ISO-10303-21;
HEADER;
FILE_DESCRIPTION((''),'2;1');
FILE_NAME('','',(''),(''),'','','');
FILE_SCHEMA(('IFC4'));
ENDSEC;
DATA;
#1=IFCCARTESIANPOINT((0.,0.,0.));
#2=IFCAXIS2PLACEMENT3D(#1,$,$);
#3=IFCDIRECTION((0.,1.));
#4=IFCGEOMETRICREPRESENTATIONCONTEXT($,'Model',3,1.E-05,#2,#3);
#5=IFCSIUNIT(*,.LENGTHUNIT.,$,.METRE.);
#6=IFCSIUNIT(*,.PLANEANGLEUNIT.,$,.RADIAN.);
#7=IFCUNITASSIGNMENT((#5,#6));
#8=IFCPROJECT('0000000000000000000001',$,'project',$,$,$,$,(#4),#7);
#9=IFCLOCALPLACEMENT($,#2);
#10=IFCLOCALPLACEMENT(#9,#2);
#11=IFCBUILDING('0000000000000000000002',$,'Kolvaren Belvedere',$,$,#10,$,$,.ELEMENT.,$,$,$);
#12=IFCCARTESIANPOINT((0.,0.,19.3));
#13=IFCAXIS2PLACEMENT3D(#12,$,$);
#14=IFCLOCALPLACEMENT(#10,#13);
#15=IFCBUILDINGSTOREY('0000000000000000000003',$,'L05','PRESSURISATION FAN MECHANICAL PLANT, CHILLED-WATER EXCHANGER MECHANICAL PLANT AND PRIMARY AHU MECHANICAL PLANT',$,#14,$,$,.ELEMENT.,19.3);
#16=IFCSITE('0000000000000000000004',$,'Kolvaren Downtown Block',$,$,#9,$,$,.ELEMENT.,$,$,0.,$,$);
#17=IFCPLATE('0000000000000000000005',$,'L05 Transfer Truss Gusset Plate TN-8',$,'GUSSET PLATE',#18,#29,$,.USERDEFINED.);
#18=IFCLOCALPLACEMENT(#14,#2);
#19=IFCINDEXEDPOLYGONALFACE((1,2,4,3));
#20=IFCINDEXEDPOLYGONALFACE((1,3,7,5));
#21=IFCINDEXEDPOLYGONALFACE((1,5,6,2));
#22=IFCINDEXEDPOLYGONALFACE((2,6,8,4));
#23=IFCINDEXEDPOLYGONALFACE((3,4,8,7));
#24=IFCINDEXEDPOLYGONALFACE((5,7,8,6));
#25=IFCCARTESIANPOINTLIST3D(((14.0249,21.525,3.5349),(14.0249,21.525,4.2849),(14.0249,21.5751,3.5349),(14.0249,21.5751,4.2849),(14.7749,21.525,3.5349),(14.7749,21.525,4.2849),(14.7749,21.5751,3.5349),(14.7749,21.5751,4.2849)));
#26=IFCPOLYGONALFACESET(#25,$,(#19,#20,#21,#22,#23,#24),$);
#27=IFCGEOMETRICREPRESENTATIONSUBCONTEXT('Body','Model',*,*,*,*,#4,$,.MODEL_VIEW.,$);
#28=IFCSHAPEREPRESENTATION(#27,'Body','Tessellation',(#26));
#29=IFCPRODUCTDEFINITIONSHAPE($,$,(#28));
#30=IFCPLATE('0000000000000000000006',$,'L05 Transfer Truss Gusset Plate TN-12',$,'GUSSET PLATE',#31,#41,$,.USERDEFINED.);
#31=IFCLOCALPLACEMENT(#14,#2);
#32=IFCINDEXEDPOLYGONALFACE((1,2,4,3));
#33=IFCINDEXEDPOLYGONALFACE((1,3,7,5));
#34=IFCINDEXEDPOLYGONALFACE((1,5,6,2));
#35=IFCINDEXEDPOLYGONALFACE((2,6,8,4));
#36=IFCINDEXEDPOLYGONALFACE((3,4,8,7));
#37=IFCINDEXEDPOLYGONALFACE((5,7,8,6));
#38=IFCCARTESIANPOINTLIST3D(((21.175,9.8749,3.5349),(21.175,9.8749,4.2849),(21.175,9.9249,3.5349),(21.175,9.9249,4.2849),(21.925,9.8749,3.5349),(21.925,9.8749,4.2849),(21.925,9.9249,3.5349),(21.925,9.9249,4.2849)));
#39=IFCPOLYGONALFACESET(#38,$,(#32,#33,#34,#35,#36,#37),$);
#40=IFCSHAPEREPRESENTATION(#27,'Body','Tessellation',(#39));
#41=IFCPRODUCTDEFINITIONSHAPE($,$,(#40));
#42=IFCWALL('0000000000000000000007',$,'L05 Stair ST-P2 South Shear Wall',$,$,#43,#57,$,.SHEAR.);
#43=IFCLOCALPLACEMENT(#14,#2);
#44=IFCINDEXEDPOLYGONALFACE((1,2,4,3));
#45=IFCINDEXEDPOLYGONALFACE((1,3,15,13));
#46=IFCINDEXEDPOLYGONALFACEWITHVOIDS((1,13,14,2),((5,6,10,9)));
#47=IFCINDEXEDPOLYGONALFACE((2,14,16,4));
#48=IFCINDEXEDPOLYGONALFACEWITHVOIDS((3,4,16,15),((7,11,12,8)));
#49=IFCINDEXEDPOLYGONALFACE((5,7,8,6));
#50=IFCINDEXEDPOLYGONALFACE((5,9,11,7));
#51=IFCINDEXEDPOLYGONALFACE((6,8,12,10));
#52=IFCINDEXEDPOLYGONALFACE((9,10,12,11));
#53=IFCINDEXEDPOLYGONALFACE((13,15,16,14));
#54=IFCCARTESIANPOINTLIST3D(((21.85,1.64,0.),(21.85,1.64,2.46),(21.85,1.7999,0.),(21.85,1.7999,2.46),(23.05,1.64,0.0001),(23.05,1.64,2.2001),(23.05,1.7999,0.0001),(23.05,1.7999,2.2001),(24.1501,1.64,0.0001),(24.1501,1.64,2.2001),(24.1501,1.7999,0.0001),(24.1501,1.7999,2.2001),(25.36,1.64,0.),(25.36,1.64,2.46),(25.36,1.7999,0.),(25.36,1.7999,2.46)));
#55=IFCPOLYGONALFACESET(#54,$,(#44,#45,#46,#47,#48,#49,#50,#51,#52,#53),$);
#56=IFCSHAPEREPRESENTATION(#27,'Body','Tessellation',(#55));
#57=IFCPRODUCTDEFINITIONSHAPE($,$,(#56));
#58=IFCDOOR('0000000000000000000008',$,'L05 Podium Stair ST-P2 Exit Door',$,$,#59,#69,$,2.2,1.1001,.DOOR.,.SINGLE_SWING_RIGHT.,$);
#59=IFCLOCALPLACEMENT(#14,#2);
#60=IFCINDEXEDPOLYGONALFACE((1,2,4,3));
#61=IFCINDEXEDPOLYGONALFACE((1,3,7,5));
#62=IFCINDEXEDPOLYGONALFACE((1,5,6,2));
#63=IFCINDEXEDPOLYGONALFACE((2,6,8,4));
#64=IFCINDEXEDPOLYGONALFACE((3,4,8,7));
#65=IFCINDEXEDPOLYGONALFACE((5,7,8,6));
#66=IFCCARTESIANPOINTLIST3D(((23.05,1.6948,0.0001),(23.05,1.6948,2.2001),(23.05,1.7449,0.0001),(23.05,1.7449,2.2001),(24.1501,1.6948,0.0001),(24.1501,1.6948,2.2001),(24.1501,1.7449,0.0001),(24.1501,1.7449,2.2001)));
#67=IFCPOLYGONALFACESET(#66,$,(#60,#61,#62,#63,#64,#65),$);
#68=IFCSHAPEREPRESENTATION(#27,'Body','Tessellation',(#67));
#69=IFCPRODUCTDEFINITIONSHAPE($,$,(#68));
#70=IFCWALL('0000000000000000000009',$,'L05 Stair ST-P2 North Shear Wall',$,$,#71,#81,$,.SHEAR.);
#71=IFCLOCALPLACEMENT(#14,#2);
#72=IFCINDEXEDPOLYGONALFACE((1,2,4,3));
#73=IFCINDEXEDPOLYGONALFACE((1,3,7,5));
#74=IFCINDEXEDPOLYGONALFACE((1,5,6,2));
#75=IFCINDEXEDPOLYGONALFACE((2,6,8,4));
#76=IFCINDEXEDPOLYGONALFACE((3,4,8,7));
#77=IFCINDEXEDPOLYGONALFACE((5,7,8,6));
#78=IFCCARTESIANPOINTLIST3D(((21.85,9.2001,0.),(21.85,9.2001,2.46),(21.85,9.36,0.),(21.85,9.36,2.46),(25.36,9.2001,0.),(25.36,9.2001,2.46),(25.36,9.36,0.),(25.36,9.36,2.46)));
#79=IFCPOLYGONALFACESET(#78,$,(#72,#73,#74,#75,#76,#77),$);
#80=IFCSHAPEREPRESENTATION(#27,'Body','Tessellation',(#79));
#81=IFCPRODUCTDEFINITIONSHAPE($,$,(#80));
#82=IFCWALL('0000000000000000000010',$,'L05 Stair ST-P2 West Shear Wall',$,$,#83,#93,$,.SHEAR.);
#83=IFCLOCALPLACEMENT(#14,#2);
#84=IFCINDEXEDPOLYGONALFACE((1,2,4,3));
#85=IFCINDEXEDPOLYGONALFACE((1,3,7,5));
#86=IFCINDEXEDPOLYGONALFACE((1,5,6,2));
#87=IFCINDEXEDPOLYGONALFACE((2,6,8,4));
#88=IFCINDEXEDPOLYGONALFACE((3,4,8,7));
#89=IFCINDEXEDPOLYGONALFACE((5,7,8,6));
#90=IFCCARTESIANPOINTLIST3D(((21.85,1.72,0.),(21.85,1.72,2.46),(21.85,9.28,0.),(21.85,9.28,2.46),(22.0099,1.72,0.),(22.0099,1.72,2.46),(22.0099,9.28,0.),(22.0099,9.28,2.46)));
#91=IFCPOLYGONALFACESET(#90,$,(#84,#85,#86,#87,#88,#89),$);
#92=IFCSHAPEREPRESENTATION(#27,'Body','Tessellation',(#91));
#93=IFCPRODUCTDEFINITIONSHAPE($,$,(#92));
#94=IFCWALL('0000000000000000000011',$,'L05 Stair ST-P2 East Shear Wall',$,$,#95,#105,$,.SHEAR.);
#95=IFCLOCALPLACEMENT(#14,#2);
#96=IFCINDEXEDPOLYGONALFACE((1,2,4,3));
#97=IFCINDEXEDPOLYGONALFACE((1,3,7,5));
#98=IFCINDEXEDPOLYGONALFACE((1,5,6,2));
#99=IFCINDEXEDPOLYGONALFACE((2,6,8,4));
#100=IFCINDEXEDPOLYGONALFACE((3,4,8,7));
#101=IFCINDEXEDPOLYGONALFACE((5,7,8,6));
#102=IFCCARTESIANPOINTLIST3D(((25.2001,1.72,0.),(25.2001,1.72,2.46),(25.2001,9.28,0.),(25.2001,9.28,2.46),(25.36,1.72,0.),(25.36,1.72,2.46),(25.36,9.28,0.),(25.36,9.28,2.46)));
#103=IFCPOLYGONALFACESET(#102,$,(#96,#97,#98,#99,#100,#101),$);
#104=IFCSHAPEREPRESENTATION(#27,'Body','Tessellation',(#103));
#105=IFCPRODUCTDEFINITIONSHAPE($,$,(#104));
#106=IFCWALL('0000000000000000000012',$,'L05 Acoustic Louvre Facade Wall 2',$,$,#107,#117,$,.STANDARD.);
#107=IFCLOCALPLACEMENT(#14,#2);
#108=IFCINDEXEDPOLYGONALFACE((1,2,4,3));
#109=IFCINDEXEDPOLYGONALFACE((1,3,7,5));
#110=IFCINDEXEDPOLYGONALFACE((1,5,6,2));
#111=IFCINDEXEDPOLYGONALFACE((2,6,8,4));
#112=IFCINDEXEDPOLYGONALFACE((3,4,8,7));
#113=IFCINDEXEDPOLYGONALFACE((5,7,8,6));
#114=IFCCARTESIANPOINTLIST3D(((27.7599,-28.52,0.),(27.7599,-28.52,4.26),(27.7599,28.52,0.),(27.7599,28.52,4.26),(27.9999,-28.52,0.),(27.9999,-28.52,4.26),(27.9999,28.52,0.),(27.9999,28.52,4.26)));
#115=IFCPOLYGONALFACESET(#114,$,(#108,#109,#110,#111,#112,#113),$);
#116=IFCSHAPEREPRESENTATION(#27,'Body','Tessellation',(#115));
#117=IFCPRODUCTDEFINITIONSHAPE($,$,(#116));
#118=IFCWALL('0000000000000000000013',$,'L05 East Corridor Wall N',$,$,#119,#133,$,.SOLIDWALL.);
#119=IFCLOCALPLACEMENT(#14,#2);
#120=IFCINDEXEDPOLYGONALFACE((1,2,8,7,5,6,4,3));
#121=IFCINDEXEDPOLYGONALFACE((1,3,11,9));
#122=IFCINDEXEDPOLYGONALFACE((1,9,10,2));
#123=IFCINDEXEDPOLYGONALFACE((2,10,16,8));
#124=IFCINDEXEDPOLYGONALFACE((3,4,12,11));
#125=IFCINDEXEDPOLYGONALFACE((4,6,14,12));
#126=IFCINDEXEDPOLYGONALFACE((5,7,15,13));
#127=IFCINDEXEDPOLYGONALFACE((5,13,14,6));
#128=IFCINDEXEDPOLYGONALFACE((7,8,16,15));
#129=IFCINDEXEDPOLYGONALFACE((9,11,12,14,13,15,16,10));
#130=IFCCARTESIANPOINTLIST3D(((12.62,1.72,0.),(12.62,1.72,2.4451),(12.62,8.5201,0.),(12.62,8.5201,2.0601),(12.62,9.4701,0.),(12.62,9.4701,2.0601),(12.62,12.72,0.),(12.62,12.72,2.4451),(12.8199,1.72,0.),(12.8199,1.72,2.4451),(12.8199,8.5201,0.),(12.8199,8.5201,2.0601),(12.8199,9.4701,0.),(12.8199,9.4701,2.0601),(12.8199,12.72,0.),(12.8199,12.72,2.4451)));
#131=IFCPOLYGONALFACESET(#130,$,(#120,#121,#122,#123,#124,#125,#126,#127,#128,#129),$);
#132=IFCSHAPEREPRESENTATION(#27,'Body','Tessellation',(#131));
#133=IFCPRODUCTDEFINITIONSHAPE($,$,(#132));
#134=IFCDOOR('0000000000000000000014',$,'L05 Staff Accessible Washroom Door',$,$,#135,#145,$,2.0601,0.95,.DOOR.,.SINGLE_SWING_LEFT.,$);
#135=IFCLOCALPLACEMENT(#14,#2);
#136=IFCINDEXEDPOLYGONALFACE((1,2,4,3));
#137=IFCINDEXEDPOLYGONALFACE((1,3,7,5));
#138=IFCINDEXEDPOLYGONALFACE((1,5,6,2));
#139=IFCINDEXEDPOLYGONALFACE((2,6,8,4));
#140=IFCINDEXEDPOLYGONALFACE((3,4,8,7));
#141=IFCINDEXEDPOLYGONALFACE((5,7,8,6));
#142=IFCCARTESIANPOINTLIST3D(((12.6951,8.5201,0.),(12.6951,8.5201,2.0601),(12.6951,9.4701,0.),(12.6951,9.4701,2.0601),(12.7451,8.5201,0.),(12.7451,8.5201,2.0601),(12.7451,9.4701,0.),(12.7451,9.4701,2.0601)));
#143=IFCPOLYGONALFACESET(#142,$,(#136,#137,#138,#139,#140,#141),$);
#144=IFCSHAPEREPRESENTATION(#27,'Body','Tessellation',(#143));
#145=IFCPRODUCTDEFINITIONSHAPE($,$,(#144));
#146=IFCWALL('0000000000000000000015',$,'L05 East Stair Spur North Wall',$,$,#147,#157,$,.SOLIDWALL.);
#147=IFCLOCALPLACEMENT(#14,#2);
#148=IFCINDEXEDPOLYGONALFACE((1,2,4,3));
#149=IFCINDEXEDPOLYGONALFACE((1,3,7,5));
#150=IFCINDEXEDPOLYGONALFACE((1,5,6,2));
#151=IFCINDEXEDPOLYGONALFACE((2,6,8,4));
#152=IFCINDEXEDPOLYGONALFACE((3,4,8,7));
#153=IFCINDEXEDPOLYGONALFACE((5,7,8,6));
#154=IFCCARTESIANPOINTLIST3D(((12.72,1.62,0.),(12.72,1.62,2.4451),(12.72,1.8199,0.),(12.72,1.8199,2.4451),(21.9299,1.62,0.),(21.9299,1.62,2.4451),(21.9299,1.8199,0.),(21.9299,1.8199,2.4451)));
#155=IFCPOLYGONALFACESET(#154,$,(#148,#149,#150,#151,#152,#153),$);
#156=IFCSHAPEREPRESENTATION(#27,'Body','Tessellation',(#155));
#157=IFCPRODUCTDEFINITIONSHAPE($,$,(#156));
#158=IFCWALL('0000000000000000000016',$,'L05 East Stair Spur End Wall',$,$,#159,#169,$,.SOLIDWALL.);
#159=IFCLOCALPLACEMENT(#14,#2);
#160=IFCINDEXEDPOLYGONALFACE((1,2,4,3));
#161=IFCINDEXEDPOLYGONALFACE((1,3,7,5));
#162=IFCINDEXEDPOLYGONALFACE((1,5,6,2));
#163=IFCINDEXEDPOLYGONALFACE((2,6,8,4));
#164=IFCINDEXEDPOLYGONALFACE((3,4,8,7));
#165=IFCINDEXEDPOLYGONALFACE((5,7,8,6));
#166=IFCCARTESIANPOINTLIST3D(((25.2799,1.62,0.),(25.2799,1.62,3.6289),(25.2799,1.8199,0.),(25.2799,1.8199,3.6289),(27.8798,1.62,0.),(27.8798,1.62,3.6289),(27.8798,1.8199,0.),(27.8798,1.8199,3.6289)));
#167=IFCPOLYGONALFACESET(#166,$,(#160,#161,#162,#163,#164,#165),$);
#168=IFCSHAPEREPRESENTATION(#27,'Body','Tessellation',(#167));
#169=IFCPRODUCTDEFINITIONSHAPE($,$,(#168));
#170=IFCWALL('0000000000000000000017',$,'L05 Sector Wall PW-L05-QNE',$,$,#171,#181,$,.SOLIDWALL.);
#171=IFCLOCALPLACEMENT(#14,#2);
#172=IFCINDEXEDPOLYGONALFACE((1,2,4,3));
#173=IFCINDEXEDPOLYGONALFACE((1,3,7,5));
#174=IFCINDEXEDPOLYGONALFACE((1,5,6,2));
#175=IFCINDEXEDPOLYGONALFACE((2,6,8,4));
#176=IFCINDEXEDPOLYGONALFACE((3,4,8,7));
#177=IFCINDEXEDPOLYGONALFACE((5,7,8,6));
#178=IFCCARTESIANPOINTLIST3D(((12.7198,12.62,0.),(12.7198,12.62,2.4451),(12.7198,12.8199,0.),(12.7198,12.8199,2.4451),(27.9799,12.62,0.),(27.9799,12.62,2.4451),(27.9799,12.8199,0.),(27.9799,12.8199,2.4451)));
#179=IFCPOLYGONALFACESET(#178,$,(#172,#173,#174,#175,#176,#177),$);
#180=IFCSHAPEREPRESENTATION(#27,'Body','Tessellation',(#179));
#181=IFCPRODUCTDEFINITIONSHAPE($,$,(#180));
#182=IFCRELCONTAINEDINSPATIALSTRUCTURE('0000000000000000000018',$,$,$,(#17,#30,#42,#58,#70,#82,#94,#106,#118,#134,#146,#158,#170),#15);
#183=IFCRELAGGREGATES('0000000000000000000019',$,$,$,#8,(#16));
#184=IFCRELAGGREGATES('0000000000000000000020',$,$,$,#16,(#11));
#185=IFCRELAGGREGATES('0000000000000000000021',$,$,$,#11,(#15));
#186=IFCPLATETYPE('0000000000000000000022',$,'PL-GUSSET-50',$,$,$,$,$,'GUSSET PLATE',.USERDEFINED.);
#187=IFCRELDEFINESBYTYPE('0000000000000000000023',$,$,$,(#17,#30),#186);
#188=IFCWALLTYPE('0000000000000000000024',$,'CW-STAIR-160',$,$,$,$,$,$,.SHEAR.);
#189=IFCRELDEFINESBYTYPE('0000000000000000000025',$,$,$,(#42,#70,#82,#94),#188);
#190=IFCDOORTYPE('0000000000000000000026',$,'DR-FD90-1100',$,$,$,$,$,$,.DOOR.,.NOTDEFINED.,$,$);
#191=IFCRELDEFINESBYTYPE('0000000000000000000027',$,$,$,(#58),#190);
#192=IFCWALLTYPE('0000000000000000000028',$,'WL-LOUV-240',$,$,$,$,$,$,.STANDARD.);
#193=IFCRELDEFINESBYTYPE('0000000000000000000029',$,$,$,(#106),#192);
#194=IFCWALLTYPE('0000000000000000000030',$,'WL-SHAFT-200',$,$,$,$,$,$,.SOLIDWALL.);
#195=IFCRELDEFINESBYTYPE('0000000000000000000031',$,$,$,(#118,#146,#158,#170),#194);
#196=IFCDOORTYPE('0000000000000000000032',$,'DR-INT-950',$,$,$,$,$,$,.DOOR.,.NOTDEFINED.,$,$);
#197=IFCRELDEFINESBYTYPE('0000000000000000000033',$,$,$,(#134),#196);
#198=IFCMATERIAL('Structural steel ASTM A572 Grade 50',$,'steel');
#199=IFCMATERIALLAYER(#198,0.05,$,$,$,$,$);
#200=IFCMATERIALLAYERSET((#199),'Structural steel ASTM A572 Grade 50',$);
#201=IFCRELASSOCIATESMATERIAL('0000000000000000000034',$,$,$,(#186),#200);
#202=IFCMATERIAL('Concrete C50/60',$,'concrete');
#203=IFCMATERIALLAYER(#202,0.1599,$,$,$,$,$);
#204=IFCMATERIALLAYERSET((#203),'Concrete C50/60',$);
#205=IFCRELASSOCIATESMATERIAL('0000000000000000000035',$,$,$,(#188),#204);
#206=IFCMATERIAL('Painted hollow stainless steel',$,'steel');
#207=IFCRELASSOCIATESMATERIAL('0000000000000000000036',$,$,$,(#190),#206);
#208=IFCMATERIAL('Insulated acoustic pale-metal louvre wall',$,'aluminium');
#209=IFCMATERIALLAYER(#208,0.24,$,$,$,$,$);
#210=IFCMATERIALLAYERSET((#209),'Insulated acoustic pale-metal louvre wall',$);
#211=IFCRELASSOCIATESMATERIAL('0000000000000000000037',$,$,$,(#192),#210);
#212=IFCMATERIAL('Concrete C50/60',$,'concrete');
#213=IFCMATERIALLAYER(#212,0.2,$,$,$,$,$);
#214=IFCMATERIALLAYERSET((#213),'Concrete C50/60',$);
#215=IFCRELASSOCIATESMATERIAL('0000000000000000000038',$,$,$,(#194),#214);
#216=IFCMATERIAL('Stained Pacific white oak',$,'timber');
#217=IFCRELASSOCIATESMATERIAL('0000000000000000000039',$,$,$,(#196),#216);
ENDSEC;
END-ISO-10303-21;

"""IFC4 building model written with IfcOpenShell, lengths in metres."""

from ifc_helpers import new_model, si_unit, direction, frame, frame_2d, origin, origin_2d, place, context, subcontext, project, spatial, rectangle, extrude, material, layer, layer_set, type_object, element, fill, save


model = new_model("IFC4")

# Units and contexts
model_context = context("Model", 3, precision=1e-05, world=origin(), true_north=direction((0.0, 1.0)))
body_context = subcontext(model_context, "Body", "Model", "MODEL_VIEW")
ifc_project = project(units=[si_unit("LENGTHUNIT", "METRE"), si_unit("PLANEANGLEUNIT", "RADIAN")], contexts=[model_context])

# Site, building, storey
site_placement = place(None, origin())
site = spatial("IfcSite", under=ifc_project, at=site_placement, Name="Kolvaren Downtown Block", CompositionType="ELEMENT", RefElevation=0.0)
building_placement = place(site_placement, origin())
building = spatial("IfcBuilding", under=site, at=building_placement, Name="Kolvaren Belvedere", CompositionType="ELEMENT")
storey_placement = place(building_placement, frame((0.0, 0.0, 19.3)))
storey = spatial("IfcBuildingStorey", under=building, at=storey_placement, Name="L05", Description="PRESSURISATION FAN MECHANICAL PLANT, CHILLED-WATER EXCHANGER MECHANICAL PLANT AND PRIMARY AHU MECHANICAL PLANT", CompositionType="ELEMENT", Elevation=19.3)

# Plates
ifc_material_1 = material(Name="Structural steel ASTM A572 Grade 50", Category="steel")
ifc_layer_1 = layer(ifc_material_1, 0.05)
ifc_layer_set_1 = layer_set([ifc_layer_1], Name="Structural steel ASTM A572 Grade 50")
plate_type = type_object("IfcPlateType", Name="PL-GUSSET-50", ElementType="GUSSET PLATE", PredefinedType="USERDEFINED", material=ifc_layer_set_1)
for number, where, z_axis, x_axis, name in (
    (1, (14.3999, 21.55, 3.5349), (0.0, 0.0, 1.0), (1.0, 0.0, 0.0), "L05 Transfer Truss Gusset Plate TN-8"),
    (2, (21.55, 9.8999, 3.5349), (0.0, 0.0, 1.0), (1.0, 0.0, 0.0), "L05 Transfer Truss Gusset Plate TN-12"),
):
    element("IfcPlate", number, at=place(storey_placement, frame(where, z_axis=z_axis, x_axis=x_axis)), inside=storey, type_object=plate_type, Name=name, ObjectType="GUSSET PLATE", PredefinedType="USERDEFINED", context=body_context, shape_type="SweptSolid", body=[
        extrude(rectangle(XDim=0.75, YDim=0.05, at=origin_2d()), origin(), (0.0, 0.0, 1.0), 0.75),
    ])

# Wall, opening, door
ifc_material_2 = material(Name="Concrete C50/60", Category="concrete")
ifc_layer_2 = layer(ifc_material_2, 0.1599)
ifc_layer_set_2 = layer_set([ifc_layer_2], Name="Concrete C50/60")
wall_type_1 = type_object("IfcWallType", Name="CW-STAIR-160", PredefinedType="SHEAR", material=ifc_layer_set_2)
wall_1_placement = place(storey_placement, frame((21.8501, 1.72, 0.0), z_axis=(0.0, 0.0, 1.0), x_axis=(1.0, 0.0, 0.0)))
wall_1 = element("IfcWall", 3, at=wall_1_placement, inside=storey, type_object=wall_type_1, Name="L05 Stair ST-P2 South Shear Wall", PredefinedType="SHEAR", context=body_context, shape_type="SweptSolid", body=[
    extrude(rectangle(XDim=3.51, YDim=0.1599, at=frame_2d((1.7549, 0.0))), origin(), (0.0, 0.0, 1.0), 2.46),
])
opening_1_placement = place(wall_1_placement, frame((1.2, 0.0, 0.0)))
opening_1 = element("IfcOpeningElement", 4, at=opening_1_placement, cuts=wall_1, PredefinedType="OPENING", context=body_context, shape_type="SweptSolid", body=[
    extrude(rectangle(XDim=1.1001, YDim=2.2, at=frame_2d((0.55, 1.1001))), frame((0.0, 0.0898, 0.0), z_axis=(0.0, -1.0, 0.0), x_axis=(1.0, 0.0, 0.0)), (0.0, 0.0, 1.0), 0.1799),
])
ifc_material_3 = material(Name="Painted hollow stainless steel", Category="steel")
door_type_1 = type_object("IfcDoorType", Name="DR-FD90-1100", OperationType="NOTDEFINED", PredefinedType="DOOR", material=ifc_material_3)
door_1_placement = place(opening_1_placement, origin())
door_1 = element("IfcDoor", 5, at=door_1_placement, inside=storey, type_object=door_type_1, Name="L05 Podium Stair ST-P2 Exit Door", OperationType="SINGLE_SWING_RIGHT", OverallHeight=2.2, OverallWidth=1.1001, PredefinedType="DOOR", context=body_context, shape_type="SweptSolid", body=[
    extrude(rectangle(XDim=1.1001, YDim=2.2, at=frame_2d((0.55, 1.1001))), frame((0.0, 0.0249, 0.0), z_axis=(0.0, -1.0, 0.0), x_axis=(1.0, 0.0, 0.0)), (0.0, 0.0, 1.0), 0.05),
])
fill(opening_1, door_1)

# Walls
wall_2_placement = place(storey_placement, frame((21.8501, 9.28, 0.0), z_axis=(0.0, 0.0, 1.0), x_axis=(1.0, 0.0, 0.0)))
element("IfcWall", 6, at=wall_2_placement, inside=storey, type_object=wall_type_1, Name="L05 Stair ST-P2 North Shear Wall", PredefinedType="SHEAR", context=body_context, shape_type="SweptSolid", body=[
    extrude(rectangle(XDim=3.51, YDim=0.1599, at=frame_2d((1.7549, 0.0))), origin(), (0.0, 0.0, 1.0), 2.46),
])
for number, where, z_axis, x_axis, name in (
    (7, (21.9299, 1.72, 0.0), (0.0, 0.0, 1.0), (0.0, 1.0, 0.0), "L05 Stair ST-P2 West Shear Wall"),
    (8, (25.28, 1.72, 0.0), (0.0, 0.0, 1.0), (0.0, 1.0, 0.0), "L05 Stair ST-P2 East Shear Wall"),
):
    element("IfcWall", number, at=place(storey_placement, frame(where, z_axis=z_axis, x_axis=x_axis)), inside=storey, type_object=wall_type_1, Name=name, PredefinedType="SHEAR", context=body_context, shape_type="SweptSolid", body=[
        extrude(rectangle(XDim=7.5601, YDim=0.1599, at=frame_2d((3.78, 0.0))), origin(), (0.0, 0.0, 1.0), 2.46),
    ])
ifc_material_4 = material(Name="Insulated acoustic pale-metal louvre wall", Category="aluminium")
ifc_layer_3 = layer(ifc_material_4, 0.24)
ifc_layer_set_3 = layer_set([ifc_layer_3], Name="Insulated acoustic pale-metal louvre wall")
wall_type_2 = type_object("IfcWallType", Name="WL-LOUV-240", PredefinedType="STANDARD", material=ifc_layer_set_3)
wall_3_placement = place(storey_placement, frame((27.8799, 28.52, 0.0), z_axis=(0.0, 0.0, 1.0), x_axis=(0.0, -1.0, 0.0)))
element("IfcWall", 9, at=wall_3_placement, inside=storey, type_object=wall_type_2, Name="L05 Acoustic Louvre Facade Wall 2", PredefinedType="STANDARD", context=body_context, shape_type="SweptSolid", body=[
    extrude(rectangle(XDim=57.04, YDim=0.24, at=frame_2d((28.52, 0.0))), origin(), (0.0, 0.0, 1.0), 4.26),
])

# Wall, opening, door
ifc_material_5 = material(Name="Concrete C50/60", Category="concrete")
ifc_layer_4 = layer(ifc_material_5, 0.2)
ifc_layer_set_4 = layer_set([ifc_layer_4], Name="Concrete C50/60")
wall_type_3 = type_object("IfcWallType", Name="WL-SHAFT-200", PredefinedType="SOLIDWALL", material=ifc_layer_set_4)
wall_4_placement = place(storey_placement, frame((12.72, 1.72, 0.0), z_axis=(0.0, 0.0, 1.0), x_axis=(0.0, 1.0, 0.0)))
wall_4 = element("IfcWall", 10, at=wall_4_placement, inside=storey, type_object=wall_type_3, Name="L05 East Corridor Wall N", PredefinedType="SOLIDWALL", context=body_context, shape_type="SweptSolid", body=[
    extrude(rectangle(XDim=11.0, YDim=0.2, at=frame_2d((5.5, 0.0))), origin(), (0.0, 0.0, 1.0), 2.4451),
])
opening_2_placement = place(wall_4_placement, frame((6.8, 0.0, 0.0)))
opening_2 = element("IfcOpeningElement", 11, at=opening_2_placement, cuts=wall_4, PredefinedType="OPENING", context=body_context, shape_type="SweptSolid", body=[
    extrude(rectangle(XDim=0.95, YDim=2.0601, at=frame_2d((0.4751, 1.03))), frame((0.0, 0.1099, 0.0), z_axis=(0.0, -1.0, 0.0), x_axis=(1.0, 0.0, 0.0)), (0.0, 0.0, 1.0), 0.22),
])
ifc_material_6 = material(Name="Stained Pacific white oak", Category="timber")
door_type_2 = type_object("IfcDoorType", Name="DR-INT-950", OperationType="NOTDEFINED", PredefinedType="DOOR", material=ifc_material_6)
door_2_placement = place(opening_2_placement, origin())
door_2 = element("IfcDoor", 12, at=door_2_placement, inside=storey, type_object=door_type_2, Name="L05 Staff Accessible Washroom Door", OperationType="SINGLE_SWING_LEFT", OverallHeight=2.0601, OverallWidth=0.95, PredefinedType="DOOR", context=body_context, shape_type="SweptSolid", body=[
    extrude(rectangle(XDim=0.95, YDim=2.0601, at=frame_2d((0.4751, 1.03))), frame((0.0, 0.0249, 0.0), z_axis=(0.0, -1.0, 0.0), x_axis=(1.0, 0.0, 0.0)), (0.0, 0.0, 1.0), 0.05),
])
fill(opening_2, door_2)

# Walls
wall_5_placement = place(storey_placement, frame((12.72, 1.72, 0.0), z_axis=(0.0, 0.0, 1.0), x_axis=(1.0, 0.0, 0.0)))
element("IfcWall", 13, at=wall_5_placement, inside=storey, type_object=wall_type_3, Name="L05 East Stair Spur North Wall", PredefinedType="SOLIDWALL", context=body_context, shape_type="SweptSolid", body=[
    extrude(rectangle(XDim=9.21, YDim=0.2, at=frame_2d((4.605, 0.0))), origin(), (0.0, 0.0, 1.0), 2.4451),
])
wall_6_placement = place(storey_placement, frame((25.28, 1.72, 0.0), z_axis=(0.0, 0.0, 1.0), x_axis=(1.0, 0.0, 0.0)))
element("IfcWall", 14, at=wall_6_placement, inside=storey, type_object=wall_type_3, Name="L05 East Stair Spur End Wall", PredefinedType="SOLIDWALL", context=body_context, shape_type="SweptSolid", body=[
    extrude(rectangle(XDim=2.5999, YDim=0.2, at=frame_2d((1.2998, 0.0))), origin(), (0.0, 0.0, 1.0), 3.6289),
])
wall_7_placement = place(storey_placement, frame((12.72, 12.72, 0.0), z_axis=(0.0, 0.0, 1.0), x_axis=(1.0, 0.0, 0.0)))
element("IfcWall", 15, at=wall_7_placement, inside=storey, type_object=wall_type_3, Name="L05 Sector Wall PW-L05-QNE", PredefinedType="SOLIDWALL", context=body_context, shape_type="SweptSolid", body=[
    extrude(rectangle(XDim=15.26, YDim=0.2, at=frame_2d((7.6299, 0.0))), origin(), (0.0, 0.0, 1.0), 2.4451),
])

save(model, "model.ifc")
